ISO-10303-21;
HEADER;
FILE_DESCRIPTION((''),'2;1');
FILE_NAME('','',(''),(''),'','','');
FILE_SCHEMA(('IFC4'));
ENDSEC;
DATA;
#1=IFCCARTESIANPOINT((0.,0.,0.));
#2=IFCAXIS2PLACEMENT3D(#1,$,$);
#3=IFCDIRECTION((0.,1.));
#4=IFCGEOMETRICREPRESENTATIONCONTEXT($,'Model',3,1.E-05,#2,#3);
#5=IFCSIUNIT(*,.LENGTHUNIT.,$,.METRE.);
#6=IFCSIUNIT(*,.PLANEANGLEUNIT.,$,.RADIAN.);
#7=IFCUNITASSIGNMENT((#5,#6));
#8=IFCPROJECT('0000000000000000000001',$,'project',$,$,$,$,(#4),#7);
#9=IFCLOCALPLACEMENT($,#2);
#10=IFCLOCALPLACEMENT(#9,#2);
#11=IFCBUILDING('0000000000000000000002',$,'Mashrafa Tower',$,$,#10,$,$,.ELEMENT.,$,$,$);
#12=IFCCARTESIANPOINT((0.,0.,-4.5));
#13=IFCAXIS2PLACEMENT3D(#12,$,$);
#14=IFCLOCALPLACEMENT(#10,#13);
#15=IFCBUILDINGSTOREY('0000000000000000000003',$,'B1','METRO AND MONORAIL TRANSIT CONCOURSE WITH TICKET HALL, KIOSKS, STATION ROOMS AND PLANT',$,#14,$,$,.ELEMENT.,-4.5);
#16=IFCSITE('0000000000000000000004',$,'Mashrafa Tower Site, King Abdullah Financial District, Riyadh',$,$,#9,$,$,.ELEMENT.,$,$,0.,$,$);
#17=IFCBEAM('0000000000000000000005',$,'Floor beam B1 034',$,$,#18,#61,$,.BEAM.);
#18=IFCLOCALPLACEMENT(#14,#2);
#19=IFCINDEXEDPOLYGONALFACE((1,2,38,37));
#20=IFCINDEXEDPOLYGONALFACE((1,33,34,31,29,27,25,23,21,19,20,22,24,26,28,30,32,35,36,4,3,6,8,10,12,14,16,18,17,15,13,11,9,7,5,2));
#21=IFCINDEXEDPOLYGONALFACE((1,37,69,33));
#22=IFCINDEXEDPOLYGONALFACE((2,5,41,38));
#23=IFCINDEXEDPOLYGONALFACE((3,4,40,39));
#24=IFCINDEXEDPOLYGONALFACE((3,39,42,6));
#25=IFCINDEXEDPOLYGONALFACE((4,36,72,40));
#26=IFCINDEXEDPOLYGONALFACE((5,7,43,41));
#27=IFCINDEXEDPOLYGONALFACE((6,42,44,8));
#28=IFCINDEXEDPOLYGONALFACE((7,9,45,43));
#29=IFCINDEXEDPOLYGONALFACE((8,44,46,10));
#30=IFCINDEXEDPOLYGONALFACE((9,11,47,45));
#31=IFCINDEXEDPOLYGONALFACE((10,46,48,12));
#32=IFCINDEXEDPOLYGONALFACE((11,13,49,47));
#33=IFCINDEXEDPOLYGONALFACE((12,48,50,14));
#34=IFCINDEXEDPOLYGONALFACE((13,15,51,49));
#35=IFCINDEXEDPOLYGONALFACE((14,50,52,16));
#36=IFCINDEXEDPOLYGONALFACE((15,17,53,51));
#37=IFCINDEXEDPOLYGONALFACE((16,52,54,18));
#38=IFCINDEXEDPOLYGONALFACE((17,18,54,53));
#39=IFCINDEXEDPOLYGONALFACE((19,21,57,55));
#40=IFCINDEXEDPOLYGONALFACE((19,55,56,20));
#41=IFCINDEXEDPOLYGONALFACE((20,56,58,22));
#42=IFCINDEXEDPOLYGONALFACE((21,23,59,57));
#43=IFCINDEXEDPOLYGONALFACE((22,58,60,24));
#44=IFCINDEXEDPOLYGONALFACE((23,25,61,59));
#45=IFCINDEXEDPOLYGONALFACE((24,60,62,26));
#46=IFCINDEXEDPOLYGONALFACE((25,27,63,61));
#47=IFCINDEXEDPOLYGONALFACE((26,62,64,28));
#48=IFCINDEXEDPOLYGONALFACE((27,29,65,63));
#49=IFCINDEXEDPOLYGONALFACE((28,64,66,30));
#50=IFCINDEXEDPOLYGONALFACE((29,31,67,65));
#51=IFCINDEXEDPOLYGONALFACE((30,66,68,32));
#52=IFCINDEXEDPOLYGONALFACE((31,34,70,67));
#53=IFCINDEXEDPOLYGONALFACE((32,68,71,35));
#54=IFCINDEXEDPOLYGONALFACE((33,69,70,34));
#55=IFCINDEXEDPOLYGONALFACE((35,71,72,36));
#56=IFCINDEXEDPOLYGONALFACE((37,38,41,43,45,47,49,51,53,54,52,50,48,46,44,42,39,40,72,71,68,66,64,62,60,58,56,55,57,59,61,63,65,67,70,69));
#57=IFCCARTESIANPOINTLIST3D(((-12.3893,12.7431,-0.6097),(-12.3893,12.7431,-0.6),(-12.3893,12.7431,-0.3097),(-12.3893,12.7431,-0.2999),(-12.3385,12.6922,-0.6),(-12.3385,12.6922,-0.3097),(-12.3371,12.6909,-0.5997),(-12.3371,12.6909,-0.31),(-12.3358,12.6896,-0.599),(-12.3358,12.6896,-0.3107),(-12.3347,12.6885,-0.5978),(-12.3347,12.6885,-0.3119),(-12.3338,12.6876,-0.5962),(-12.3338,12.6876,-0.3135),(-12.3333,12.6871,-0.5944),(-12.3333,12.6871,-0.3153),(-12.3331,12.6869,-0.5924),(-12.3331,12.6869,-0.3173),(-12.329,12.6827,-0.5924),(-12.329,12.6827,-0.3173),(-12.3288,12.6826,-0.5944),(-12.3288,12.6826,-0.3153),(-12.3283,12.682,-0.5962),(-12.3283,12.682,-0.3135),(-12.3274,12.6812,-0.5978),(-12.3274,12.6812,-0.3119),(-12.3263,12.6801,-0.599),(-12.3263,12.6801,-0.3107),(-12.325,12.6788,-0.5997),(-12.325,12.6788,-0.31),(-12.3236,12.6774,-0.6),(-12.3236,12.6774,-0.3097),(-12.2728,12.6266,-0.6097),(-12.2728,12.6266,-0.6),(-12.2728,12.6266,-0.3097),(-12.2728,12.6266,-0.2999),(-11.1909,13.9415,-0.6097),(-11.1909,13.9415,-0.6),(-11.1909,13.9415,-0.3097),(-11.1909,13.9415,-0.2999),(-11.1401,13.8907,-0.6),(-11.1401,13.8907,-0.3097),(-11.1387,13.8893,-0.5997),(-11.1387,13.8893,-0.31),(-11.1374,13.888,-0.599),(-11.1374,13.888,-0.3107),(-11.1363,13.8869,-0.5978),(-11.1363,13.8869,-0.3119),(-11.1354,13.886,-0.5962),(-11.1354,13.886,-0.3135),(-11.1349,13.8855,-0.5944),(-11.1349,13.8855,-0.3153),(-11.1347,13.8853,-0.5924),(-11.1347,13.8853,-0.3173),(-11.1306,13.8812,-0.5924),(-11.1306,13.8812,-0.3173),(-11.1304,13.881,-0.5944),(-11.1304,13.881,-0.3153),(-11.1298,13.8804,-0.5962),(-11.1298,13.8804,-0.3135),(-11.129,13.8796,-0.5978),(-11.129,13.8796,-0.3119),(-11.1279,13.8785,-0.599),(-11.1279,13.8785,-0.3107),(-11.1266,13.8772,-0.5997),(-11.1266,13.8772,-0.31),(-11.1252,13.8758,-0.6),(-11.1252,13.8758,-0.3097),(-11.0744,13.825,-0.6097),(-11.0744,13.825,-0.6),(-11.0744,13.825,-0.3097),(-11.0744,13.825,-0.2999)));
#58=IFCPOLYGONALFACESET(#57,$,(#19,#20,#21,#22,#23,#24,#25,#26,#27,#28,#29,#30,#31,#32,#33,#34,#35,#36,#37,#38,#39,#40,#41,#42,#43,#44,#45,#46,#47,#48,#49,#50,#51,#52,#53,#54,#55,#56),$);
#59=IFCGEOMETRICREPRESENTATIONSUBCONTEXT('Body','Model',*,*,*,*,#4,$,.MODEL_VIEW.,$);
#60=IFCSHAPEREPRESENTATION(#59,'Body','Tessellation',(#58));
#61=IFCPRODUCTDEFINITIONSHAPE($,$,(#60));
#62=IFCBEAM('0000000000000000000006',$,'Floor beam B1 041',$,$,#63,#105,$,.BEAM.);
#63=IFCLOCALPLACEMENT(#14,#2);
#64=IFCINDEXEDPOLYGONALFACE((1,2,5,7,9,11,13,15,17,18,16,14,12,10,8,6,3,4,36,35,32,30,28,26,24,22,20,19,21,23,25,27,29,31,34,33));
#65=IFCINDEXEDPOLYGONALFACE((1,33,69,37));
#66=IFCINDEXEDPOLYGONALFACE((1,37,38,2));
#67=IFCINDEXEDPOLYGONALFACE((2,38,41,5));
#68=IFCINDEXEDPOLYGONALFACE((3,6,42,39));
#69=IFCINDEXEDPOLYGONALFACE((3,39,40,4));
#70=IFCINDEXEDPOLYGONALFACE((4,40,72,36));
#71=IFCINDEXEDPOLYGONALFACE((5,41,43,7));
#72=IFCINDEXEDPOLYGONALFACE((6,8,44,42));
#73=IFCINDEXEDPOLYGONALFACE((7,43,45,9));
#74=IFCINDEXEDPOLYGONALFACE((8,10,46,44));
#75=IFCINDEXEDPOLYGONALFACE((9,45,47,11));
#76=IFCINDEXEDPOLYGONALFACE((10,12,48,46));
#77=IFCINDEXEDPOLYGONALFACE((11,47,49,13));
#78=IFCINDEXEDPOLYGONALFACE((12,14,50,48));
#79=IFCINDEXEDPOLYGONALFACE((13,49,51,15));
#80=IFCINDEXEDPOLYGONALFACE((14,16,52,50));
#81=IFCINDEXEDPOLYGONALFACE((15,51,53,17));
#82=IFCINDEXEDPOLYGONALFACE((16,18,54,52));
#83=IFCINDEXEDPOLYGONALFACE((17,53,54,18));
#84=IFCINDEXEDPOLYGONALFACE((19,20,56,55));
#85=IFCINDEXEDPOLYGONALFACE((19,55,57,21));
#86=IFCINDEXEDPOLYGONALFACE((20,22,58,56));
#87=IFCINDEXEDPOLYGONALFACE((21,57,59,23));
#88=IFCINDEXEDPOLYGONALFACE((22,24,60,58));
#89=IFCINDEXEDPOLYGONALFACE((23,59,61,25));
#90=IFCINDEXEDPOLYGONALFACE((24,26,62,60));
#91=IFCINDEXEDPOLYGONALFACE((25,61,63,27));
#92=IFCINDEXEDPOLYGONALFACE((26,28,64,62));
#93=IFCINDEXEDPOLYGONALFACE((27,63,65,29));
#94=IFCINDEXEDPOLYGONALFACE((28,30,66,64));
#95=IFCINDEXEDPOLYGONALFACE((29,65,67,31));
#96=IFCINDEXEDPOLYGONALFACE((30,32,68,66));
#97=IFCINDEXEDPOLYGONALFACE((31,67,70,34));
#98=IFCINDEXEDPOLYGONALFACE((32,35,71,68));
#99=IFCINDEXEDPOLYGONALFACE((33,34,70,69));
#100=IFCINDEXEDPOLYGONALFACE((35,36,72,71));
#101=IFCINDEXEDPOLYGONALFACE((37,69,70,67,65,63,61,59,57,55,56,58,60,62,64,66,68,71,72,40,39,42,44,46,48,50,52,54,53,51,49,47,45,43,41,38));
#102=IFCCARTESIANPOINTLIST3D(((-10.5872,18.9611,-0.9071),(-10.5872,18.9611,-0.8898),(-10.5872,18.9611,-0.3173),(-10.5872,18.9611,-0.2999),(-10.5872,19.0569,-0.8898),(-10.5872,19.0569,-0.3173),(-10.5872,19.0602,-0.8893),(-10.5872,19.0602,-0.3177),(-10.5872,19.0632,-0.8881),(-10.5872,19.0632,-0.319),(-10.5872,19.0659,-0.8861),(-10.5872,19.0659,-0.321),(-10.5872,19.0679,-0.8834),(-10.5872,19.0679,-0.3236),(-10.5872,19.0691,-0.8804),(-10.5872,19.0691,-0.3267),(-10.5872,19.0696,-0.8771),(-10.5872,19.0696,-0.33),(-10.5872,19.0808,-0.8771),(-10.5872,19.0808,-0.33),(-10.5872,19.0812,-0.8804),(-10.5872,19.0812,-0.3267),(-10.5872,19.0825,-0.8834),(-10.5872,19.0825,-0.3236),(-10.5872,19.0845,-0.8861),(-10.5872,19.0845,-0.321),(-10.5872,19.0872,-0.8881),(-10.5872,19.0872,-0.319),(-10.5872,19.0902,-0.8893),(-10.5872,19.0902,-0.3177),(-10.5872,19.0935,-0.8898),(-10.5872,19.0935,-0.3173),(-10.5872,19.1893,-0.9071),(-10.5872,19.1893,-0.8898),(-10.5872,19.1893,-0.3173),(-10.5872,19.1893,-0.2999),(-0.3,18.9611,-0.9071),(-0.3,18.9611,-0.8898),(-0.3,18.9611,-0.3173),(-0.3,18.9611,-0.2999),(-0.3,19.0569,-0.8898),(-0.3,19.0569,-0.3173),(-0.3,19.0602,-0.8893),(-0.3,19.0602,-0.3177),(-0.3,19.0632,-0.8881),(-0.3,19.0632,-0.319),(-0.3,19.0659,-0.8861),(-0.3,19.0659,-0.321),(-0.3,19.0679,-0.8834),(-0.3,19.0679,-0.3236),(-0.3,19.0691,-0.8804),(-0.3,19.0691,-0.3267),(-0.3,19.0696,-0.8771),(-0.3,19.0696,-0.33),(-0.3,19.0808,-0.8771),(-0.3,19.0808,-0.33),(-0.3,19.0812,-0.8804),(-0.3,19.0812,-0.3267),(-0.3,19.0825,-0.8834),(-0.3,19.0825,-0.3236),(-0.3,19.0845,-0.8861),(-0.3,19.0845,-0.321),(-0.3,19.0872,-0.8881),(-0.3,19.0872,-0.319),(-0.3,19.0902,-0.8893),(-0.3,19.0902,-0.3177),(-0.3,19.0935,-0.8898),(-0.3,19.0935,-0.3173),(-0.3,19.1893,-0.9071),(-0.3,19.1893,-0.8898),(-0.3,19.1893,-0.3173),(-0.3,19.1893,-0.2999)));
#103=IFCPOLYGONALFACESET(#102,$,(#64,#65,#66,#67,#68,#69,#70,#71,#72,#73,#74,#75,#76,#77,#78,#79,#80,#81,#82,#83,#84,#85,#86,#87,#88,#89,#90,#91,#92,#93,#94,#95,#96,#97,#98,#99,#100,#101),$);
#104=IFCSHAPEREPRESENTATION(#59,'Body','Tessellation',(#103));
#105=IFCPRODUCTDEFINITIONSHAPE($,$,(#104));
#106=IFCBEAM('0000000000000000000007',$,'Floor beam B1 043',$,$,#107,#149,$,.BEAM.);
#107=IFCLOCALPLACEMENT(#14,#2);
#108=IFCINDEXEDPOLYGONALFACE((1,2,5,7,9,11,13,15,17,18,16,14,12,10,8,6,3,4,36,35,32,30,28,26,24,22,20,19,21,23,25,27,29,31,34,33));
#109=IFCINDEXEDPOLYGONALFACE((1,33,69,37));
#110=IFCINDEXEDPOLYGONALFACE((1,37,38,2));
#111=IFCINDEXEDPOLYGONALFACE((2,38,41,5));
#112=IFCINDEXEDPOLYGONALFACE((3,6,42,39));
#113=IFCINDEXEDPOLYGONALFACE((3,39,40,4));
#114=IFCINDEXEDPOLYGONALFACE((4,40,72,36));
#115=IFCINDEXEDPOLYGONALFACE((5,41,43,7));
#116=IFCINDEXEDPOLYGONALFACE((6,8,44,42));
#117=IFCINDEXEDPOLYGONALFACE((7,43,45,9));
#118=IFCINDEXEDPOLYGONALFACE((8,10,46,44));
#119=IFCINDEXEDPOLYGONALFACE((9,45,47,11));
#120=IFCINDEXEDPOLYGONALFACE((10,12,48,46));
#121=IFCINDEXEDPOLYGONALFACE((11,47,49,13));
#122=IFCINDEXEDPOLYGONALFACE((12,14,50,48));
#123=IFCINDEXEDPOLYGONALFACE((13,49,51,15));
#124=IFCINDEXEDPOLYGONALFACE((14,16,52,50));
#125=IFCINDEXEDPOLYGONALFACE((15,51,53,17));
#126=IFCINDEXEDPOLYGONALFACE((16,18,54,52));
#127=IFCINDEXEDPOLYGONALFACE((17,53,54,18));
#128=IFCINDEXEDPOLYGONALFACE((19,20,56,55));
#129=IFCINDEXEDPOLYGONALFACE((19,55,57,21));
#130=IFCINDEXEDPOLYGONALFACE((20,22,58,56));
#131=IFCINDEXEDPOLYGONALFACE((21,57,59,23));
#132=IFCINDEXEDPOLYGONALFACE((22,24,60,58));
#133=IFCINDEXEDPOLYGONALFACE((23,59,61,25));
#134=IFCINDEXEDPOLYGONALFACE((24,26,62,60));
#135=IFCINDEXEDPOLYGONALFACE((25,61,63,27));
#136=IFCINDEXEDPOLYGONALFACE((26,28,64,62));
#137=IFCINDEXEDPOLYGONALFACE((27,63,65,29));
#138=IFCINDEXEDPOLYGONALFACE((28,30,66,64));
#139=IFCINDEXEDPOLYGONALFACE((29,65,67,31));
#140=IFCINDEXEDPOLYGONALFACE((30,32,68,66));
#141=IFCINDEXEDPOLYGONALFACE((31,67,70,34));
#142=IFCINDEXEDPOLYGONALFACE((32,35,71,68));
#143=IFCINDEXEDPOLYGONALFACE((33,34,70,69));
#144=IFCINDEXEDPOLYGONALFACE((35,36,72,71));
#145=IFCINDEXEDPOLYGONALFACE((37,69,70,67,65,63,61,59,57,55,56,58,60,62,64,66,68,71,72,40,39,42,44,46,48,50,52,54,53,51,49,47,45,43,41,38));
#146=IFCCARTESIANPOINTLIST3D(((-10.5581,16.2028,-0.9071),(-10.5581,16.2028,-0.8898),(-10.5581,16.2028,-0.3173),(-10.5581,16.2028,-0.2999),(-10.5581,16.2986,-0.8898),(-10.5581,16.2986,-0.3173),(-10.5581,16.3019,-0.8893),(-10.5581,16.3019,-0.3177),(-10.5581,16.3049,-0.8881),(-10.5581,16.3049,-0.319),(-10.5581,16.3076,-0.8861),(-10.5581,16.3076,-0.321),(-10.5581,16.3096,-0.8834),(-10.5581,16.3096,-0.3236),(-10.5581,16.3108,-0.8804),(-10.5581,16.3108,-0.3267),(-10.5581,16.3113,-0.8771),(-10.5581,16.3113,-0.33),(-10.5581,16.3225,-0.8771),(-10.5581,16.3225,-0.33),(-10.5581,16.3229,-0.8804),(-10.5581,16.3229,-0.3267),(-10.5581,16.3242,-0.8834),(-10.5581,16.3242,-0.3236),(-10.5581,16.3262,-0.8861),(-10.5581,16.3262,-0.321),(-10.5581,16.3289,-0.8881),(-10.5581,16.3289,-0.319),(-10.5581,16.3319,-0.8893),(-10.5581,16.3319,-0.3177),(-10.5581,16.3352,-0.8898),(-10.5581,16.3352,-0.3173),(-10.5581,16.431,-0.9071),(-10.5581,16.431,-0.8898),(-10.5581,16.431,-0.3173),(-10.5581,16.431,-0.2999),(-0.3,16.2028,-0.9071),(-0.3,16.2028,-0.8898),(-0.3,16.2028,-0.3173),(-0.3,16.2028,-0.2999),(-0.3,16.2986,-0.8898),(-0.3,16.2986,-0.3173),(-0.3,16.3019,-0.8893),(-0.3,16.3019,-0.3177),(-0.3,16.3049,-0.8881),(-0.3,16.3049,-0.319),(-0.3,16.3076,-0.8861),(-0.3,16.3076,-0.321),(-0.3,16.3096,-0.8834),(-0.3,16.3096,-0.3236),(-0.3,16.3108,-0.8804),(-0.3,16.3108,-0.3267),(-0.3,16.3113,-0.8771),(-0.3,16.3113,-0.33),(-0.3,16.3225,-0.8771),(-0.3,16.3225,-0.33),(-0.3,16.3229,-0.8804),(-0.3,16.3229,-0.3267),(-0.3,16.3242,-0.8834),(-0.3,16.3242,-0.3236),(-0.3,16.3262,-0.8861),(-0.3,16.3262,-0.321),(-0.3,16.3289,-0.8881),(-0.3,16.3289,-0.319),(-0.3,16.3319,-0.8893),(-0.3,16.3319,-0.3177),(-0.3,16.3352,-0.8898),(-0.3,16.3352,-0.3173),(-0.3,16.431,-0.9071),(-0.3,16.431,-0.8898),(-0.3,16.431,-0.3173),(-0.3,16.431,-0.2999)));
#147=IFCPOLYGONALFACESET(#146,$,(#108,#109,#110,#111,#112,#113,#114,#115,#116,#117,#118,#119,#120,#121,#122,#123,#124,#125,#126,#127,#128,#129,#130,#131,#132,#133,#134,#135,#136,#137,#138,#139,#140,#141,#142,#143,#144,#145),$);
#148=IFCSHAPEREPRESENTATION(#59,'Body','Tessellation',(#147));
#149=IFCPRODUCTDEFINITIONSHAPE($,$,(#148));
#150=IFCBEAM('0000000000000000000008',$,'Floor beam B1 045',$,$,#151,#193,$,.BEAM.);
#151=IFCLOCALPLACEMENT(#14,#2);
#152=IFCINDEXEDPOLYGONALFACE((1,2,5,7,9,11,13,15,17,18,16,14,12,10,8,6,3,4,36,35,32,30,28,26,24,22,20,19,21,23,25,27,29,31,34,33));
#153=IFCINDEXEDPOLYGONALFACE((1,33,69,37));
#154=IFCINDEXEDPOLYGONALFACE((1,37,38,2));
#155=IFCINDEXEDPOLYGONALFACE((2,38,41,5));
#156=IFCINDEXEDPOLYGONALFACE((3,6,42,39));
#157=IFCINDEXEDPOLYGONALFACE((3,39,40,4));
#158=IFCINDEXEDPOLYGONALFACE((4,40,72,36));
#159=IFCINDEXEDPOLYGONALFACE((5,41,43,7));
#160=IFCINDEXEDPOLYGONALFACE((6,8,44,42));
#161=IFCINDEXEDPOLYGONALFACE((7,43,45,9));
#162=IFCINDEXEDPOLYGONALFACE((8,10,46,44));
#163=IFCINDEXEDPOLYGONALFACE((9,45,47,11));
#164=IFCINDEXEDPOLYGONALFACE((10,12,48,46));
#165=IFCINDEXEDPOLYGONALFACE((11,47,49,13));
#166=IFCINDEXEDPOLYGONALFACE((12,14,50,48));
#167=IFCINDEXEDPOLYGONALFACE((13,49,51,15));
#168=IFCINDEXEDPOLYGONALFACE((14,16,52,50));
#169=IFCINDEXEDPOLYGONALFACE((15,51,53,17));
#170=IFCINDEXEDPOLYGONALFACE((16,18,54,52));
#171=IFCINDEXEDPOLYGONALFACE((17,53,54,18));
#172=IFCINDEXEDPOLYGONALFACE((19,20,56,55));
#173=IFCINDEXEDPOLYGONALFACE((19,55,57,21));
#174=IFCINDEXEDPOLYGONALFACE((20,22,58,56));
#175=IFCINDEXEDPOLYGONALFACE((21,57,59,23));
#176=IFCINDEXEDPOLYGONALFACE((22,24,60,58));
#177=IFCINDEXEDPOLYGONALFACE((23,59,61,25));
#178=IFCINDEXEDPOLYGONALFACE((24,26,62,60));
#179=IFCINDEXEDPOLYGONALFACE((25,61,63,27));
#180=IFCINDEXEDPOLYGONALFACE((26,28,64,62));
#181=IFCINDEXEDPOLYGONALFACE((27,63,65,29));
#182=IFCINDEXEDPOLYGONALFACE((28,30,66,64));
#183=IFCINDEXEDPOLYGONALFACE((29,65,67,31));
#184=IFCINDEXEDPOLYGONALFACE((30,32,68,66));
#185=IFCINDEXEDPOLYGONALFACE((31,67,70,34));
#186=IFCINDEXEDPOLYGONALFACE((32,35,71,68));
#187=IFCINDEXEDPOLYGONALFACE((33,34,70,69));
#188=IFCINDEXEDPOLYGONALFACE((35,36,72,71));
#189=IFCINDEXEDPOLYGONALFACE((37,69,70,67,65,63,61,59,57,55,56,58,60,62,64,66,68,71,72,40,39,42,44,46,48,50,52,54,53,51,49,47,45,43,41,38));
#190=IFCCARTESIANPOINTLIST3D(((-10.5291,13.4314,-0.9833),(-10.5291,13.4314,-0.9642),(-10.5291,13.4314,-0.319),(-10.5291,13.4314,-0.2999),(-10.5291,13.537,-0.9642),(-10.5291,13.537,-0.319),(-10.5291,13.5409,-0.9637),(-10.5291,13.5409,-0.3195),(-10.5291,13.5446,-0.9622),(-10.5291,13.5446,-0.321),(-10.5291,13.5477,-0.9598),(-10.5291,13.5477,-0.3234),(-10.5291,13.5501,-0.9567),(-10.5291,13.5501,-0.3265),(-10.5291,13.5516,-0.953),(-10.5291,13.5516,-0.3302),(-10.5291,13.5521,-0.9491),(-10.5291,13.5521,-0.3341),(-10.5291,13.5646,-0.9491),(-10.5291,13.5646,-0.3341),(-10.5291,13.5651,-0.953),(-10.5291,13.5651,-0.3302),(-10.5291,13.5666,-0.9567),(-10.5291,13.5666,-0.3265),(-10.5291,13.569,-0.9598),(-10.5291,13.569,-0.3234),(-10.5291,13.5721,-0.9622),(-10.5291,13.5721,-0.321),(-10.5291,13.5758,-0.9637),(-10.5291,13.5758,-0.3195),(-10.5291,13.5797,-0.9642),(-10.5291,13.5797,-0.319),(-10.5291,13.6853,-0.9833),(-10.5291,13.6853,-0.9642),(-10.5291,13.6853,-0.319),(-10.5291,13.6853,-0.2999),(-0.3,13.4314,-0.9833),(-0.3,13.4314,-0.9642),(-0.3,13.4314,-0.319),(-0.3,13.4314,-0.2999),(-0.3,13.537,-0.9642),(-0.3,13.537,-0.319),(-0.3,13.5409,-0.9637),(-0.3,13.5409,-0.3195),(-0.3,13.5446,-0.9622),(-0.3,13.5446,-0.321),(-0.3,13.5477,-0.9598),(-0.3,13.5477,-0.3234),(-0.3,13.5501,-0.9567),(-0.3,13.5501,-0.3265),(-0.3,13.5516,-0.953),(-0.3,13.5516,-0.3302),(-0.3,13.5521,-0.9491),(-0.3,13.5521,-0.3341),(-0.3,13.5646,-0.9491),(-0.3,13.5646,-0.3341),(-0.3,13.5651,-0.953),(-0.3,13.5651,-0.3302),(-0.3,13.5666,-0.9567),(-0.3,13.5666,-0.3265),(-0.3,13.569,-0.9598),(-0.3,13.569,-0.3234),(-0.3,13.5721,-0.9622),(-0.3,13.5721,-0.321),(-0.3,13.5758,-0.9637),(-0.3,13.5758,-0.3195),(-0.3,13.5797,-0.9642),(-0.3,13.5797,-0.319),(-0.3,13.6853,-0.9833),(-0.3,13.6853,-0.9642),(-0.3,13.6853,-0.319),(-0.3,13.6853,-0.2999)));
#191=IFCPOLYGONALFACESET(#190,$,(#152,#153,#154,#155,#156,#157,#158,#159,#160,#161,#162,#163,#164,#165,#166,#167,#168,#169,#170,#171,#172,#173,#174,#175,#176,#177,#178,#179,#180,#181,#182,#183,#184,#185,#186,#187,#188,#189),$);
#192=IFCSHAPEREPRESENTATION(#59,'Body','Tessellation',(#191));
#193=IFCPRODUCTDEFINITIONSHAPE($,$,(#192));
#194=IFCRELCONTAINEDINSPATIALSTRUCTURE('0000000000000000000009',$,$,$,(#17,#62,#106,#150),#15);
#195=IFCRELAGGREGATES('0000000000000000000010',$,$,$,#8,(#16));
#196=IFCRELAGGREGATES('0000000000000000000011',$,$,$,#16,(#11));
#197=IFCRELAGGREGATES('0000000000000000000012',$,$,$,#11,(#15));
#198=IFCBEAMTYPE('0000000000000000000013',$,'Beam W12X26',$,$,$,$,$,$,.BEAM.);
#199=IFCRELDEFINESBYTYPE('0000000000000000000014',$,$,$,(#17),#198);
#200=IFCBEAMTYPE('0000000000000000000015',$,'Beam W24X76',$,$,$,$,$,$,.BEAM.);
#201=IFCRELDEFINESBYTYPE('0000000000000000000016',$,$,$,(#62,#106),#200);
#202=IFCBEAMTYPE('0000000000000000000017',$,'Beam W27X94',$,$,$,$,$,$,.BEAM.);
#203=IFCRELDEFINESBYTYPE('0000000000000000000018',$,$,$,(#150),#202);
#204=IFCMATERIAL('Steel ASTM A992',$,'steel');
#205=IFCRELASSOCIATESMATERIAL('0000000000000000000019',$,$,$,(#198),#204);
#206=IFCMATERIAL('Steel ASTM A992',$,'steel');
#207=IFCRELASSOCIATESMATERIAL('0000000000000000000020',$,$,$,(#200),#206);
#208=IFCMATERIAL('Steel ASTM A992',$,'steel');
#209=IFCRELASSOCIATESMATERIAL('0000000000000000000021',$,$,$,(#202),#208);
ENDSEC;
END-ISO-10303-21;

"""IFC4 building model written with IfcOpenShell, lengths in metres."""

from ifc_helpers import new_model, si_unit, direction, frame, origin, origin_2d, place, context, subcontext, project, spatial, i_section, extrude, material, material_profile, profile_set, type_object, element, save


model = new_model("IFC4")

# Units and contexts
model_context = context("Model", 3, precision=1e-05, world=origin(), true_north=direction((0.0, 1.0)))
body_context = subcontext(model_context, "Body", "Model", "MODEL_VIEW")
ifc_project = project(units=[si_unit("LENGTHUNIT", "METRE"), si_unit("PLANEANGLEUNIT", "RADIAN")], contexts=[model_context])

# Site, building, storey
site_placement = place(None, origin())
site = spatial("IfcSite", under=ifc_project, at=site_placement, Name="Mashrafa Tower Site, King Abdullah Financial District, Riyadh", CompositionType="ELEMENT", RefElevation=0.0)
building_placement = place(site_placement, origin())
building = spatial("IfcBuilding", under=site, at=building_placement, Name="Mashrafa Tower", CompositionType="ELEMENT")
storey_placement = place(building_placement, frame((0.0, 0.0, -4.5)))
storey = spatial("IfcBuildingStorey", under=building, at=storey_placement, Name="B1", Description="METRO AND MONORAIL TRANSIT CONCOURSE WITH TICKET HALL, KIOSKS, STATION ROOMS AND PLANT", CompositionType="ELEMENT", Elevation=-4.5)

# Beams
ifc_material_1 = material(Name="Steel ASTM A992", Category="steel")
ifc_material_profile_1 = material_profile(ifc_material_1, i_section(OverallWidth=0.1648, OverallDepth=0.3098, WebThickness=0.0059, FlangeThickness=0.0098, FilletRadius=0.0076, at=origin_2d()), Name="W12X26")
ifc_profile_set_1 = profile_set([ifc_material_profile_1], Name="Steel ASTM A992")
beam_type_1 = type_object("IfcBeamType", Name="Beam W12X26", PredefinedType="BEAM", material=ifc_profile_set_1)
for number, where, z_axis, x_axis, name in (
    (1, (-12.3311, 12.6848, -0.4548), (0.707107, 0.707107, 0.0), (-0.707107, 0.707107, 0.0), "Floor beam B1 034"),
):
    element("IfcBeam", number, at=place(storey_placement, frame(where, z_axis=z_axis, x_axis=x_axis)), inside=storey, type_object=beam_type_1, Name=name, PredefinedType="BEAM", context=body_context, shape_type="SweptSolid", body=[
        extrude(i_section(OverallWidth=0.1648, OverallDepth=0.3098, WebThickness=0.0059, FlangeThickness=0.0098, FilletRadius=0.0076, at=origin_2d()), origin(), (0.0, 0.0, 1.0), 1.6948),
    ])
ifc_material_2 = material(Name="Steel ASTM A992", Category="steel")
ifc_material_profile_2 = material_profile(ifc_material_2, i_section(OverallWidth=0.2283, OverallDepth=0.6072, WebThickness=0.0112, FlangeThickness=0.0173, FilletRadius=0.0127, at=origin_2d()), Name="W24X76")
ifc_profile_set_2 = profile_set([ifc_material_profile_2], Name="Steel ASTM A992")
beam_type_2 = type_object("IfcBeamType", Name="Beam W24X76", PredefinedType="BEAM", material=ifc_profile_set_2)
beam_1_placement = place(storey_placement, frame((-10.5872, 19.0752, -0.6035), z_axis=(1.0, 0.0, 0.0), x_axis=(0.0, 1.0, 0.0)))
element("IfcBeam", 2, at=beam_1_placement, inside=storey, type_object=beam_type_2, Name="Floor beam B1 041", PredefinedType="BEAM", context=body_context, shape_type="SweptSolid", body=[
    extrude(i_section(OverallWidth=0.2283, OverallDepth=0.6072, WebThickness=0.0112, FlangeThickness=0.0173, FilletRadius=0.0127, at=origin_2d()), origin(), (0.0, 0.0, 1.0), 10.2871),
])
beam_2_placement = place(storey_placement, frame((-10.5581, 16.3169, -0.6035), z_axis=(1.0, 0.0, 0.0), x_axis=(0.0, 1.0, 0.0)))
element("IfcBeam", 3, at=beam_2_placement, inside=storey, type_object=beam_type_2, Name="Floor beam B1 043", PredefinedType="BEAM", context=body_context, shape_type="SweptSolid", body=[
    extrude(i_section(OverallWidth=0.2283, OverallDepth=0.6072, WebThickness=0.0112, FlangeThickness=0.0173, FilletRadius=0.0127, at=origin_2d()), origin(), (0.0, 0.0, 1.0), 10.2581),
])
ifc_material_3 = material(Name="Steel ASTM A992", Category="steel")
ifc_material_profile_3 = material_profile(ifc_material_3, i_section(OverallWidth=0.2539, OverallDepth=0.6833, WebThickness=0.0125, FlangeThickness=0.019, FilletRadius=0.0151, at=origin_2d()), Name="W27X94")
ifc_profile_set_3 = profile_set([ifc_material_profile_3], Name="Steel ASTM A992")
beam_type_3 = type_object("IfcBeamType", Name="Beam W27X94", PredefinedType="BEAM", material=ifc_profile_set_3)
beam_3_placement = place(storey_placement, frame((-10.5291, 13.5583, -0.6416), z_axis=(1.0, 0.0, 0.0), x_axis=(0.0, 1.0, 0.0)))
element("IfcBeam", 4, at=beam_3_placement, inside=storey, type_object=beam_type_3, Name="Floor beam B1 045", PredefinedType="BEAM", context=body_context, shape_type="SweptSolid", body=[
    extrude(i_section(OverallWidth=0.2539, OverallDepth=0.6833, WebThickness=0.0125, FlangeThickness=0.019, FilletRadius=0.0151, at=origin_2d()), origin(), (0.0, 0.0, 1.0), 10.229),
])

save(model, "model.ifc")
